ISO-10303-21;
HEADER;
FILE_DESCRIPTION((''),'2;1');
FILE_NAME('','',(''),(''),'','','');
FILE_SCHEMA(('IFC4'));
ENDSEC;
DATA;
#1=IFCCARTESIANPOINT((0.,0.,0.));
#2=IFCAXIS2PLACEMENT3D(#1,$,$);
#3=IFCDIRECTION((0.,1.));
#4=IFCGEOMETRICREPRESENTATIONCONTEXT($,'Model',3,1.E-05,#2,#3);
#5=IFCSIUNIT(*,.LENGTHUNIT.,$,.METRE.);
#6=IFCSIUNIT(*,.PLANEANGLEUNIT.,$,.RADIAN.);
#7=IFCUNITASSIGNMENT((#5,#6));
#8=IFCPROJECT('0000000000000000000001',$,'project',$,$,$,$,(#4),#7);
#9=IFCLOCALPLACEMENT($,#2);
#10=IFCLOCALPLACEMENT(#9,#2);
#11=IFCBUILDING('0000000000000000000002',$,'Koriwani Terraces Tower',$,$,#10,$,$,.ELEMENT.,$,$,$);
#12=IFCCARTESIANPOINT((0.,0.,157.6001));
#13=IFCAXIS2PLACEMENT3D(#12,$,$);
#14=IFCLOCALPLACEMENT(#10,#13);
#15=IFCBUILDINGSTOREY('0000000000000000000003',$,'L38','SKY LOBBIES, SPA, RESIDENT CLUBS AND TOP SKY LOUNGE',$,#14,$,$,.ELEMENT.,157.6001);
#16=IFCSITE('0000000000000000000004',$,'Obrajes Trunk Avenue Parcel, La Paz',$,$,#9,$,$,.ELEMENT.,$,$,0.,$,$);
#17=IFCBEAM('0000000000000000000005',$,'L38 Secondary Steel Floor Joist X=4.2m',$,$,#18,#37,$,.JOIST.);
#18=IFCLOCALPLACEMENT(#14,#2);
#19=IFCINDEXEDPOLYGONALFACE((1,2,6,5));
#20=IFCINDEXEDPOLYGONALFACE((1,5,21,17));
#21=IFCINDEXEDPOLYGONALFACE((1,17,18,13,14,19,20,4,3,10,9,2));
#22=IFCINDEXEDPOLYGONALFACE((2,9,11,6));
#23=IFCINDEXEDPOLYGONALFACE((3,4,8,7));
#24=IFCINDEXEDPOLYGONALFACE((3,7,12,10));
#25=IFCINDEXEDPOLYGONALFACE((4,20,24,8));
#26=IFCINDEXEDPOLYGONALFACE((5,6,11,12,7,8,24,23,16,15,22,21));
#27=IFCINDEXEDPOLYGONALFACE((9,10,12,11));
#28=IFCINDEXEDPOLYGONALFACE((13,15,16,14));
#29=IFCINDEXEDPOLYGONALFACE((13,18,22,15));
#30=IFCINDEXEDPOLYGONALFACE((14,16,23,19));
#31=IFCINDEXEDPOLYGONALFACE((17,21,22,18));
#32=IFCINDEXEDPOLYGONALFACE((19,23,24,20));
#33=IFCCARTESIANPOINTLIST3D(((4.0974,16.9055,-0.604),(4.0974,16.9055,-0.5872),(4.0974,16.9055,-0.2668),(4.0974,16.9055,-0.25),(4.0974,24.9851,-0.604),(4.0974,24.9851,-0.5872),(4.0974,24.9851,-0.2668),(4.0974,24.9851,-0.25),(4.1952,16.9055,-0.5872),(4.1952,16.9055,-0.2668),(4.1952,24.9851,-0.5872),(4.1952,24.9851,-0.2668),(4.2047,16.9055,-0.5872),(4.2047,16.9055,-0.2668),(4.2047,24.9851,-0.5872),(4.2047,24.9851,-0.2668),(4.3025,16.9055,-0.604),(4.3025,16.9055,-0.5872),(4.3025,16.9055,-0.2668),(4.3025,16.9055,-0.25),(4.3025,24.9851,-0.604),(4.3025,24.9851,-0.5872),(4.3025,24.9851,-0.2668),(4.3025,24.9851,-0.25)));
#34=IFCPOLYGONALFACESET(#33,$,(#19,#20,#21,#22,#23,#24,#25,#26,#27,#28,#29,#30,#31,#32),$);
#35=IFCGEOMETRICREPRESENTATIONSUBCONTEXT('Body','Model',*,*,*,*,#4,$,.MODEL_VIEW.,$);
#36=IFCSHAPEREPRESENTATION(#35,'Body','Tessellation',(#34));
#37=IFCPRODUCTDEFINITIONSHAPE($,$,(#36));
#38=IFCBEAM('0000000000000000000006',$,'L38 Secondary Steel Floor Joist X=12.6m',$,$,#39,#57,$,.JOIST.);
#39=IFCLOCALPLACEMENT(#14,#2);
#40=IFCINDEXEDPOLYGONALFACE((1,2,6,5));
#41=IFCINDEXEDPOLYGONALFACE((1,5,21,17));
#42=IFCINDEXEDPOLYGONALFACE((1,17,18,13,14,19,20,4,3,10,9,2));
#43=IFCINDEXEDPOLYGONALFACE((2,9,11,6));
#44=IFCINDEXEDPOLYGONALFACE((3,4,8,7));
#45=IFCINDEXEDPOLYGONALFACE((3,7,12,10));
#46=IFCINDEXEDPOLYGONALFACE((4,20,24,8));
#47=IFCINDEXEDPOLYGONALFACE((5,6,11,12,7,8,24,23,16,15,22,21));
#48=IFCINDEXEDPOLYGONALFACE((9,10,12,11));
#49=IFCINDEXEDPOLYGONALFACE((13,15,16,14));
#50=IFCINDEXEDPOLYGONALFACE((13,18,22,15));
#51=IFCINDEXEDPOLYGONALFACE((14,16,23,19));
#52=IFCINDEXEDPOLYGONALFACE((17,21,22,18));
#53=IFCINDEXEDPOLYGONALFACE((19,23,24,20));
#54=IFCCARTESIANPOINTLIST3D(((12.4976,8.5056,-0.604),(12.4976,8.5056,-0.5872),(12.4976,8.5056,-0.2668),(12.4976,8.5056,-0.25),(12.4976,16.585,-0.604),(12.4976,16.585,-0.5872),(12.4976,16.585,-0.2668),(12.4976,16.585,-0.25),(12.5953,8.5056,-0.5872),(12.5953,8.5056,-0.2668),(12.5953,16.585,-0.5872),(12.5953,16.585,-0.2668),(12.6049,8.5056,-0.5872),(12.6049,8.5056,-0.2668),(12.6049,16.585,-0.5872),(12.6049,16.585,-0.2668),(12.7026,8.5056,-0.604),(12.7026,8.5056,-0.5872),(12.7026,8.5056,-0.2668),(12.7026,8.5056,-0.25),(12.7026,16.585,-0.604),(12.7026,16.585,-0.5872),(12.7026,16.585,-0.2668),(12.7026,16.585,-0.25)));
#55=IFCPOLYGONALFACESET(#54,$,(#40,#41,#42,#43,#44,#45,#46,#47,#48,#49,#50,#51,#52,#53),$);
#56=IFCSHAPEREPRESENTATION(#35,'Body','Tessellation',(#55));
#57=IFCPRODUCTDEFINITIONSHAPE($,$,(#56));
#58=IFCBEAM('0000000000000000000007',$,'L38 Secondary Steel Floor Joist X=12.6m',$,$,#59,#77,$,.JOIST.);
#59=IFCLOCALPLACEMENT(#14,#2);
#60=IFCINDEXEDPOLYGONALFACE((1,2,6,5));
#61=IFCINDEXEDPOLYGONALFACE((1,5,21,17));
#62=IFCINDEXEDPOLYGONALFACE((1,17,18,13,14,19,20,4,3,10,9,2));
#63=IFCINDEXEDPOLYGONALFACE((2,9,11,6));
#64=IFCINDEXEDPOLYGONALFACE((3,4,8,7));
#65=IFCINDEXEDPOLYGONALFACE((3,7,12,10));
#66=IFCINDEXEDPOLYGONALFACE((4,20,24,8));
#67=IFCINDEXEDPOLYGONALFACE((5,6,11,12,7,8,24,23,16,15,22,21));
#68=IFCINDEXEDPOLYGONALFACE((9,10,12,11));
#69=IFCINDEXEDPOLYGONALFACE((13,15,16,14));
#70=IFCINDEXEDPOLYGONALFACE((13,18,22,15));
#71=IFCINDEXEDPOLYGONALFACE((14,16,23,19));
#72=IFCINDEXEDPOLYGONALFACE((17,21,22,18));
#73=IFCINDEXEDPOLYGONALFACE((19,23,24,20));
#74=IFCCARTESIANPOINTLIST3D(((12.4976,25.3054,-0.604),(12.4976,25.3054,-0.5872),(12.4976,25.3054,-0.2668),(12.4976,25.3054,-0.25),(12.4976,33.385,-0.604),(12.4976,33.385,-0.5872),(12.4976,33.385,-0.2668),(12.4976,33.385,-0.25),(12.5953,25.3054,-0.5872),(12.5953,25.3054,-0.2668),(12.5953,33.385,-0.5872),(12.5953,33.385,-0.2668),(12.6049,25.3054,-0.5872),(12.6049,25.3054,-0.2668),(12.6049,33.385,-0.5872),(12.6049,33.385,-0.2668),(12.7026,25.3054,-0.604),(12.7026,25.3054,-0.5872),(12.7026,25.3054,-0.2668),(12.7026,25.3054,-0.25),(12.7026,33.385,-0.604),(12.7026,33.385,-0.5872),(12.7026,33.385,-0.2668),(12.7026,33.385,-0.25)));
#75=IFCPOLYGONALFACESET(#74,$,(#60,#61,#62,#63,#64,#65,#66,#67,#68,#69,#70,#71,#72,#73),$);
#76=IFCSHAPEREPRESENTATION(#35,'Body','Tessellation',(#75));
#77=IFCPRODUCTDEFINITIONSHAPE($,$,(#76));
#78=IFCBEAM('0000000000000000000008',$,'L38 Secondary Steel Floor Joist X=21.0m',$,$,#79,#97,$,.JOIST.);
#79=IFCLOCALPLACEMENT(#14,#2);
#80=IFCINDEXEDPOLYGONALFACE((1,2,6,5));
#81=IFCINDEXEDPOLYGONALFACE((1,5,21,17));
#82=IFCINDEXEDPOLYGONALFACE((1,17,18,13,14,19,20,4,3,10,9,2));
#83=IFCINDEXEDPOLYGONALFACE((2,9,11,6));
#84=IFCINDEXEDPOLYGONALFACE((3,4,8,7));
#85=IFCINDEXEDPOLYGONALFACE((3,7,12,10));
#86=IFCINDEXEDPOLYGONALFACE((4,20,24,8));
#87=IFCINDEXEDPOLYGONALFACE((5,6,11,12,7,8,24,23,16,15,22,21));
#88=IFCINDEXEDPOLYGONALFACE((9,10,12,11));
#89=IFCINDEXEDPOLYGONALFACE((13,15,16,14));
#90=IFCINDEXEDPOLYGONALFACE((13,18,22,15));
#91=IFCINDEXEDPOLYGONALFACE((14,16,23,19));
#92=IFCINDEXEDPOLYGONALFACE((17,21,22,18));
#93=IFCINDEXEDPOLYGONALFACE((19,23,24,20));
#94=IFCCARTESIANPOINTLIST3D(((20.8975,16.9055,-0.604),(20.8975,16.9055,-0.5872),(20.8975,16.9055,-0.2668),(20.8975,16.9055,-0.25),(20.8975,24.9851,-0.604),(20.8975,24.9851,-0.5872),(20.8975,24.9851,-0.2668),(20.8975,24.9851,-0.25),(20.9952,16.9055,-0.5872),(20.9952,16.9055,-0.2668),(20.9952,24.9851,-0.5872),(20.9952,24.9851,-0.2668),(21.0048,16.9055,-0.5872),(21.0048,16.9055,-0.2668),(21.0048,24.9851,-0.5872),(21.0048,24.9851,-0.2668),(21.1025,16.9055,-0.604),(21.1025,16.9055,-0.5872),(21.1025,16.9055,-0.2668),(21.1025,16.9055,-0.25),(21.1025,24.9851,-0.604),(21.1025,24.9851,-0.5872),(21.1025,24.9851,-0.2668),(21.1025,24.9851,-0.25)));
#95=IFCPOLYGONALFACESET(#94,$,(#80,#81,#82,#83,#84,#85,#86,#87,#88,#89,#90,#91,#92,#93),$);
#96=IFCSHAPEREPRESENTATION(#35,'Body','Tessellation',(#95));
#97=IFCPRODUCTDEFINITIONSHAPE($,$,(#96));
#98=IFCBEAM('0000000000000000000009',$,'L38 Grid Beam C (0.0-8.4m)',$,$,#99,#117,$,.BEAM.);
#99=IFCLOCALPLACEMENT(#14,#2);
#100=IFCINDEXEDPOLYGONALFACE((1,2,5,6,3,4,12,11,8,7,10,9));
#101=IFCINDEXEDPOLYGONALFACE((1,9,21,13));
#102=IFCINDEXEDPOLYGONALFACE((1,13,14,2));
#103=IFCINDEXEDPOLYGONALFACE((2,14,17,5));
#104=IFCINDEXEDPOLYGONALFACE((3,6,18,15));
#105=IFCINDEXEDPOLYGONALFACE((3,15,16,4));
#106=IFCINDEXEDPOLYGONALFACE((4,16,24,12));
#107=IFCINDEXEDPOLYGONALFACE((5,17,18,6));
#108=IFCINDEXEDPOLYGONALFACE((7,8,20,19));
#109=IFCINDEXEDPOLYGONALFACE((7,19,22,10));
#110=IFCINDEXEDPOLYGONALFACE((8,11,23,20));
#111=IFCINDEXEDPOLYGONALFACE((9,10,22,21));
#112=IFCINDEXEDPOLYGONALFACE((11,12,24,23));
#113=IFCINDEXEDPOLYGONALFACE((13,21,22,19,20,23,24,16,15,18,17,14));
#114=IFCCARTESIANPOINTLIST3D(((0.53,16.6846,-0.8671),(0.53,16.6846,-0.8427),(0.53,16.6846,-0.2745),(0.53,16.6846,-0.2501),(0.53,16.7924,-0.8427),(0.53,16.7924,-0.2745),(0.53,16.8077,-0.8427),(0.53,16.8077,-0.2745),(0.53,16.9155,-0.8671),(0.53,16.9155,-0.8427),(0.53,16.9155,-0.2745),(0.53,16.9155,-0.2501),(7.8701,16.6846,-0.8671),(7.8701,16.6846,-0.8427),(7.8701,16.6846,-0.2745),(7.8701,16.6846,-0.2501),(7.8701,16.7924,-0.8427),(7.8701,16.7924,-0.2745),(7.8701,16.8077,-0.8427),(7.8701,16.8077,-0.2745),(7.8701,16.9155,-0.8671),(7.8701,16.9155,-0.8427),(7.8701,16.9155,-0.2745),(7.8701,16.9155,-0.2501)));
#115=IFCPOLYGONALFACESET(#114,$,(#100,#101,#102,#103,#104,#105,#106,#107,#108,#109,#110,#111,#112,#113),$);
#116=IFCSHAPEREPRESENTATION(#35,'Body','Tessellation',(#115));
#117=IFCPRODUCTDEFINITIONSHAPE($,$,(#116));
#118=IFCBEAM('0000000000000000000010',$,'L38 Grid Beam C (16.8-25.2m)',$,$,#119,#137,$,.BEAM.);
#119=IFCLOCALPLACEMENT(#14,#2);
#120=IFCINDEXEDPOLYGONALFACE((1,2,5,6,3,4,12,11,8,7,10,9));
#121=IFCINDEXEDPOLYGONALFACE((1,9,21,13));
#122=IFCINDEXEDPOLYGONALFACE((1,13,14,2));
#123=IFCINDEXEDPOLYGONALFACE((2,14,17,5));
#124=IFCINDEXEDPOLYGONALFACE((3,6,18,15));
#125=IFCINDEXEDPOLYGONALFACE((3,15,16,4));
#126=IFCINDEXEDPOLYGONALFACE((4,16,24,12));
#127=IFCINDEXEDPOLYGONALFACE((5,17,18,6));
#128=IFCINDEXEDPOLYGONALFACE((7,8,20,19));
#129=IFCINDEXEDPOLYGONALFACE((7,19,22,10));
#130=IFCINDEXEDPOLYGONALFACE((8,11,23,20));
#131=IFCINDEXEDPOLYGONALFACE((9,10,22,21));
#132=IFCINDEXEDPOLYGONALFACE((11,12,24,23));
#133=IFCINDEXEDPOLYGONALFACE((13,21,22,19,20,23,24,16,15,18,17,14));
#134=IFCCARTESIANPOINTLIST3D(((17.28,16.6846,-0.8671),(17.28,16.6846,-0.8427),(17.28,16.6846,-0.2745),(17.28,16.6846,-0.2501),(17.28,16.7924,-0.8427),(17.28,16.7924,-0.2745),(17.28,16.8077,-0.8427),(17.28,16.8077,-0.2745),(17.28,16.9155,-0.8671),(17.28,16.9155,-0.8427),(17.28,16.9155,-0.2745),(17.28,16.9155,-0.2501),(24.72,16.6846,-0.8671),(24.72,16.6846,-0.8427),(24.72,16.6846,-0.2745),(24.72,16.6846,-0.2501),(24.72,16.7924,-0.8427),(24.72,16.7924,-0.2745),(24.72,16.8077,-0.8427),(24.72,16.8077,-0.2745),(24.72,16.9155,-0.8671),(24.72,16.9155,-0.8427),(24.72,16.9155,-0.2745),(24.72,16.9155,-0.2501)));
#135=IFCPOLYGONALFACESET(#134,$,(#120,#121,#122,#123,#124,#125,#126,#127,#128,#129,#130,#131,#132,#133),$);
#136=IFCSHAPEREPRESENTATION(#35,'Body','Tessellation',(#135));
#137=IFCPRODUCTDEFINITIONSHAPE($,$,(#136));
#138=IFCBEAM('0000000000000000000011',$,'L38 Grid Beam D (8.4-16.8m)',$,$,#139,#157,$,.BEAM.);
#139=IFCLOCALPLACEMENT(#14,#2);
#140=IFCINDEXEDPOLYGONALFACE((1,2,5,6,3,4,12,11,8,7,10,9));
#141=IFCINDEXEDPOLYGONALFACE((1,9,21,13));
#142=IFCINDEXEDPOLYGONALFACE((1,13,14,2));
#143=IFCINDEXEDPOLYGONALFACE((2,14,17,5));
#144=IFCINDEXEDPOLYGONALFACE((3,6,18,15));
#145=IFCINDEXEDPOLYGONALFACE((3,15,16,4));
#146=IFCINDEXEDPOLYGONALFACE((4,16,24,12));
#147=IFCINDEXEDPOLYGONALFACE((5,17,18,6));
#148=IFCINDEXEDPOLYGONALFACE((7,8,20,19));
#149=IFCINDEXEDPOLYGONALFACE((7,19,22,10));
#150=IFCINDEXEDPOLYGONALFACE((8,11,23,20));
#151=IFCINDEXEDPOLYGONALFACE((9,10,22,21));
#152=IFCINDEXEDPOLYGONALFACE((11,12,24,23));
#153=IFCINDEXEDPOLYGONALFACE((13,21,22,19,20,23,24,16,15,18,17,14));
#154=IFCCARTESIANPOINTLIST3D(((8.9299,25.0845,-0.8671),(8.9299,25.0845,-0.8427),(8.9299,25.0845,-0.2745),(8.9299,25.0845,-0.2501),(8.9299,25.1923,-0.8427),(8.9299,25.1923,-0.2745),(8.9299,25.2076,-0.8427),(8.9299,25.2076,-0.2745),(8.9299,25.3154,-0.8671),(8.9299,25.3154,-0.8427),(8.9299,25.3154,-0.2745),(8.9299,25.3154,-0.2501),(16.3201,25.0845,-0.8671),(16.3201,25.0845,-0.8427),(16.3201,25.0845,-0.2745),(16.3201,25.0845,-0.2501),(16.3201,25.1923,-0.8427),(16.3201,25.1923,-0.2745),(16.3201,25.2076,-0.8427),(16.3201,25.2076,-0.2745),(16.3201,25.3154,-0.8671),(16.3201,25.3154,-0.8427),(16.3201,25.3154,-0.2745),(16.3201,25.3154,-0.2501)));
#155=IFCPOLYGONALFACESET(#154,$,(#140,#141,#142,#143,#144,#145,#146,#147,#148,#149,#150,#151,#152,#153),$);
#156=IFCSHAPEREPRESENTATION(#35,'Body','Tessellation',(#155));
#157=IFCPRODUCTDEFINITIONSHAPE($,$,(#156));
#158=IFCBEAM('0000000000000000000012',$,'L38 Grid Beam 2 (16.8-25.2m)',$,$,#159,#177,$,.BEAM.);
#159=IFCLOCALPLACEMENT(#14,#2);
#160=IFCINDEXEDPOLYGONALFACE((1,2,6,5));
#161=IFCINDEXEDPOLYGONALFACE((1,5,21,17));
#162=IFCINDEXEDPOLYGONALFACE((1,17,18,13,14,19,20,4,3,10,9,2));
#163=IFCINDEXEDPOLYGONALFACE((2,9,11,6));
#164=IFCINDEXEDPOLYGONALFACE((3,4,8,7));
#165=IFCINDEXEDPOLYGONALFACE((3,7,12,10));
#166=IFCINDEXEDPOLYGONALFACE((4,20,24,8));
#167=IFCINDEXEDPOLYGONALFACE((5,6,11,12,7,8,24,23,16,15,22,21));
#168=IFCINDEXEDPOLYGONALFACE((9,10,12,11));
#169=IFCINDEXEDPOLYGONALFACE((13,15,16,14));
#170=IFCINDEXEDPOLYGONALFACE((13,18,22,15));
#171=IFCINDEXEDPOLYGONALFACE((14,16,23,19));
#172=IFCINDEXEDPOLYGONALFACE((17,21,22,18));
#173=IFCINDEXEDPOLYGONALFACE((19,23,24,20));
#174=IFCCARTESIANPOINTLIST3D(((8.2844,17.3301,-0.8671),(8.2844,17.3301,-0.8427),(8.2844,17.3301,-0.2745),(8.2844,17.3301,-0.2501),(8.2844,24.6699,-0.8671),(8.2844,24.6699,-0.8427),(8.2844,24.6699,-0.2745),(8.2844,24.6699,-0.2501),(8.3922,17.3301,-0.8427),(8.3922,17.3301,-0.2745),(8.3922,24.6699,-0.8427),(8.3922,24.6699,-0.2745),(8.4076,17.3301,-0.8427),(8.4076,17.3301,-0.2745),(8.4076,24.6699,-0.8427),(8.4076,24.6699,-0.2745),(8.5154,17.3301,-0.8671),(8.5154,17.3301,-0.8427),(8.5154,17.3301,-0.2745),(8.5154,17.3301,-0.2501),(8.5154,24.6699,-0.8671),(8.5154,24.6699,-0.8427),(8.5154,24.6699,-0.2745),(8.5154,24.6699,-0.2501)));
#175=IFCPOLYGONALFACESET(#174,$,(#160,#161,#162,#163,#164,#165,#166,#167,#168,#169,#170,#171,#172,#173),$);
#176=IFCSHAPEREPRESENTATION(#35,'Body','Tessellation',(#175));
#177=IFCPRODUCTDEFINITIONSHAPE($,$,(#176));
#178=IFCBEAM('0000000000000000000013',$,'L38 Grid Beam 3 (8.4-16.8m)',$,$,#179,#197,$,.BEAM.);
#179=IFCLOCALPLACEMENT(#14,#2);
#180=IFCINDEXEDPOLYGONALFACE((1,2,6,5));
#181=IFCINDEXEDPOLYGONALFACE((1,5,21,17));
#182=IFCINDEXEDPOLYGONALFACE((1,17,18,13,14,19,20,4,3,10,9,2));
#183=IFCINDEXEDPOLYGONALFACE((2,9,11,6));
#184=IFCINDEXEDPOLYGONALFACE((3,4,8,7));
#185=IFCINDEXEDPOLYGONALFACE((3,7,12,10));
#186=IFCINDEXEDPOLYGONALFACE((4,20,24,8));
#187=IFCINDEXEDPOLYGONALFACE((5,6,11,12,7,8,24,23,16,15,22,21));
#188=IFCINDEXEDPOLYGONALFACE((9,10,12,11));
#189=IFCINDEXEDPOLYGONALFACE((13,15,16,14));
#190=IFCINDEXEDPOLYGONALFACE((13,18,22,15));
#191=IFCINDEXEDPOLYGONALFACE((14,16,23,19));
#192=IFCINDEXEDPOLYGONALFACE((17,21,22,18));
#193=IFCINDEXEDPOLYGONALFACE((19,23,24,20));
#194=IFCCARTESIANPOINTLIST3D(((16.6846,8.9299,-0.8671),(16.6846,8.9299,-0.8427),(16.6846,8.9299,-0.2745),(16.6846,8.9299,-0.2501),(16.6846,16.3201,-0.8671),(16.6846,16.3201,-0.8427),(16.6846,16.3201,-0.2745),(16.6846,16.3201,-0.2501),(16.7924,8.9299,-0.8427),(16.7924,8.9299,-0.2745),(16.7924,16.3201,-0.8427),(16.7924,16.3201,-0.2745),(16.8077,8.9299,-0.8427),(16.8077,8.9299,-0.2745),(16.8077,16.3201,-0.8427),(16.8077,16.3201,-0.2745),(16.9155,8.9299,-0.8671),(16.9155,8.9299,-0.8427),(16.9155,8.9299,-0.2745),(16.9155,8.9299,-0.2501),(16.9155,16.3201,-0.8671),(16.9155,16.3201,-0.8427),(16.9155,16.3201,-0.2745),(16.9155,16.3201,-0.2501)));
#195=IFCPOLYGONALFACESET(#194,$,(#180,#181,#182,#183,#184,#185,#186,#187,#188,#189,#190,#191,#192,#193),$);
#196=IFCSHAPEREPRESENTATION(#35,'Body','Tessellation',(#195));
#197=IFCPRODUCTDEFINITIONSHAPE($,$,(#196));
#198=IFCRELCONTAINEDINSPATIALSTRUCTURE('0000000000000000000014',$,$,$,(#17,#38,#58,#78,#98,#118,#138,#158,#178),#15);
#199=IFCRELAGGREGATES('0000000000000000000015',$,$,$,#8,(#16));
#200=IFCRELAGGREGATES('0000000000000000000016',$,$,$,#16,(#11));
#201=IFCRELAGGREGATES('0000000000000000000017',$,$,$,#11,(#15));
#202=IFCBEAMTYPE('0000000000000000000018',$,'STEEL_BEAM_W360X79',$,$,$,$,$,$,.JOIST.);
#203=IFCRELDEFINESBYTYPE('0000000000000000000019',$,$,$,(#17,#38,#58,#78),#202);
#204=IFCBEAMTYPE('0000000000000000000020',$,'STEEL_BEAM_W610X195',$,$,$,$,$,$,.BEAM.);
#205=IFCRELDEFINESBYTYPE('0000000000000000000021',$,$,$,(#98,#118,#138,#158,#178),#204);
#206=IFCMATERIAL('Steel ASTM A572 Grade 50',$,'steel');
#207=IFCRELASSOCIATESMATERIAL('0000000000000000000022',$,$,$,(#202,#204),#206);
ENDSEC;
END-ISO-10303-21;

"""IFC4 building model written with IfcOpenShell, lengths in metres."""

from ifc_helpers import new_model, si_unit, direction, frame, origin, origin_2d, place, context, subcontext, project, spatial, i_section, extrude, material, material_profile, profile_set, type_object, element, save


model = new_model("IFC4")

# Units and contexts
model_context = context("Model", 3, precision=1e-05, world=origin(), true_north=direction((0.0, 1.0)))
body_context = subcontext(model_context, "Body", "Model", "MODEL_VIEW")
ifc_project = project(units=[si_unit("LENGTHUNIT", "METRE"), si_unit("PLANEANGLEUNIT", "RADIAN")], contexts=[model_context])

# Site, building, storey
site_placement = place(None, origin())
site = spatial("IfcSite", under=ifc_project, at=site_placement, Name="Obrajes Trunk Avenue Parcel, La Paz", CompositionType="ELEMENT", RefElevation=0.0)
building_placement = place(site_placement, origin())
building = spatial("IfcBuilding", under=site, at=building_placement, Name="Koriwani Terraces Tower", CompositionType="ELEMENT")
storey_placement = place(building_placement, frame((0.0, 0.0, 157.6001)))
storey = spatial("IfcBuildingStorey", under=building, at=storey_placement, Name="L38", Description="SKY LOBBIES, SPA, RESIDENT CLUBS AND TOP SKY LOUNGE", CompositionType="ELEMENT", Elevation=157.6001)

# Beams
ifc_material_1 = material(Name="Steel ASTM A572 Grade 50", Category="steel")
ifc_material_profile_1 = material_profile(ifc_material_1, i_section(OverallWidth=0.2051, OverallDepth=0.354, WebThickness=0.0095, FlangeThickness=0.0168, at=origin_2d()), Name="Steel ASTM A572 Grade 50", Category="LoadBearing")
ifc_profile_set_1 = profile_set([ifc_material_profile_1], Name="Steel ASTM A572 Grade 50")
beam_type_1 = type_object("IfcBeamType", Name="STEEL_BEAM_W360X79", PredefinedType="JOIST", material=ifc_profile_set_1)
beam_1_placement = place(storey_placement, frame((4.2, 16.9055, -0.427), z_axis=(0.0, 1.0, 0.0), x_axis=(-1.0, 0.0, 0.0)))
element("IfcBeam", 1, at=beam_1_placement, inside=storey, type_object=beam_type_1, Name="L38 Secondary Steel Floor Joist X=4.2m", PredefinedType="JOIST", context=body_context, shape_type="SweptSolid", body=[
    extrude(i_section(OverallWidth=0.2051, OverallDepth=0.354, WebThickness=0.0095, FlangeThickness=0.0168, at=origin_2d()), origin(), (0.0, 0.0, 1.0), 8.0796),
])
beam_2_placement = place(storey_placement, frame((12.6001, 8.5056, -0.427), z_axis=(0.0, 1.0, 0.0), x_axis=(-1.0, 0.0, 0.0)))
element("IfcBeam", 2, at=beam_2_placement, inside=storey, type_object=beam_type_1, Name="L38 Secondary Steel Floor Joist X=12.6m", PredefinedType="JOIST", context=body_context, shape_type="SweptSolid", body=[
    extrude(i_section(OverallWidth=0.2051, OverallDepth=0.354, WebThickness=0.0095, FlangeThickness=0.0168, at=origin_2d()), origin(), (0.0, 0.0, 1.0), 8.0793),
])
for number, where, z_axis, x_axis, name in (
    (3, (12.6001, 25.3054, -0.427), (0.0, 1.0, 0.0), (-1.0, 0.0, 0.0), "L38 Secondary Steel Floor Joist X=12.6m"),
    (4, (21.0, 16.9055, -0.427), (0.0, 1.0, 0.0), (-1.0, 0.0, 0.0), "L38 Secondary Steel Floor Joist X=21.0m"),
):
    element("IfcBeam", number, at=place(storey_placement, frame(where, z_axis=z_axis, x_axis=x_axis)), inside=storey, type_object=beam_type_1, Name=name, PredefinedType="JOIST", context=body_context, shape_type="SweptSolid", body=[
        extrude(i_section(OverallWidth=0.2051, OverallDepth=0.354, WebThickness=0.0095, FlangeThickness=0.0168, at=origin_2d()), origin(), (0.0, 0.0, 1.0), 8.0796),
    ])
ifc_material_profile_2 = material_profile(ifc_material_1, i_section(OverallWidth=0.231, OverallDepth=0.6169, WebThickness=0.0154, FlangeThickness=0.0244, at=origin_2d()), Name="Steel ASTM A572 Grade 50", Category="LoadBearing")
ifc_profile_set_2 = profile_set([ifc_material_profile_2], Name="Steel ASTM A572 Grade 50")
beam_type_2 = type_object("IfcBeamType", Name="STEEL_BEAM_W610X195", PredefinedType="BEAM", material=ifc_profile_set_2)
beam_3_placement = place(storey_placement, frame((0.53, 16.8, -0.5586), z_axis=(1.0, 0.0, 0.0), x_axis=(0.0, 1.0, 0.0)))
element("IfcBeam", 5, at=beam_3_placement, inside=storey, type_object=beam_type_2, Name="L38 Grid Beam C (0.0-8.4m)", PredefinedType="BEAM", context=body_context, shape_type="SweptSolid", body=[
    extrude(i_section(OverallWidth=0.231, OverallDepth=0.6169, WebThickness=0.0154, FlangeThickness=0.0244, at=origin_2d()), origin(), (0.0, 0.0, 1.0), 7.3401),
])
beam_4_placement = place(storey_placement, frame((17.28, 16.8, -0.5586), z_axis=(1.0, 0.0, 0.0), x_axis=(0.0, 1.0, 0.0)))
element("IfcBeam", 6, at=beam_4_placement, inside=storey, type_object=beam_type_2, Name="L38 Grid Beam C (16.8-25.2m)", PredefinedType="BEAM", context=body_context, shape_type="SweptSolid", body=[
    extrude(i_section(OverallWidth=0.231, OverallDepth=0.6169, WebThickness=0.0154, FlangeThickness=0.0244, at=origin_2d()), origin(), (0.0, 0.0, 1.0), 7.4399),
])
beam_5_placement = place(storey_placement, frame((8.9299, 25.2, -0.5586), z_axis=(1.0, 0.0, 0.0), x_axis=(0.0, 1.0, 0.0)))
element("IfcBeam", 7, at=beam_5_placement, inside=storey, type_object=beam_type_2, Name="L38 Grid Beam D (8.4-16.8m)", PredefinedType="BEAM", context=body_context, shape_type="SweptSolid", body=[
    extrude(i_section(OverallWidth=0.231, OverallDepth=0.6169, WebThickness=0.0154, FlangeThickness=0.0244, at=origin_2d()), origin(), (0.0, 0.0, 1.0), 7.3901),
])
beam_6_placement = place(storey_placement, frame((8.3999, 17.3301, -0.5586), z_axis=(0.0, 1.0, 0.0), x_axis=(-1.0, 0.0, 0.0)))
element("IfcBeam", 8, at=beam_6_placement, inside=storey, type_object=beam_type_2, Name="L38 Grid Beam 2 (16.8-25.2m)", PredefinedType="BEAM", context=body_context, shape_type="SweptSolid", body=[
    extrude(i_section(OverallWidth=0.231, OverallDepth=0.6169, WebThickness=0.0154, FlangeThickness=0.0244, at=origin_2d()), origin(), (0.0, 0.0, 1.0), 7.3398),
])
beam_7_placement = place(storey_placement, frame((16.8, 8.9299, -0.5586), z_axis=(0.0, 1.0, 0.0), x_axis=(-1.0, 0.0, 0.0)))
element("IfcBeam", 9, at=beam_7_placement, inside=storey, type_object=beam_type_2, Name="L38 Grid Beam 3 (8.4-16.8m)", PredefinedType="BEAM", context=body_context, shape_type="SweptSolid", body=[
    extrude(i_section(OverallWidth=0.231, OverallDepth=0.6169, WebThickness=0.0154, FlangeThickness=0.0244, at=origin_2d()), origin(), (0.0, 0.0, 1.0), 7.3901),
])

save(model, "model.ifc")
